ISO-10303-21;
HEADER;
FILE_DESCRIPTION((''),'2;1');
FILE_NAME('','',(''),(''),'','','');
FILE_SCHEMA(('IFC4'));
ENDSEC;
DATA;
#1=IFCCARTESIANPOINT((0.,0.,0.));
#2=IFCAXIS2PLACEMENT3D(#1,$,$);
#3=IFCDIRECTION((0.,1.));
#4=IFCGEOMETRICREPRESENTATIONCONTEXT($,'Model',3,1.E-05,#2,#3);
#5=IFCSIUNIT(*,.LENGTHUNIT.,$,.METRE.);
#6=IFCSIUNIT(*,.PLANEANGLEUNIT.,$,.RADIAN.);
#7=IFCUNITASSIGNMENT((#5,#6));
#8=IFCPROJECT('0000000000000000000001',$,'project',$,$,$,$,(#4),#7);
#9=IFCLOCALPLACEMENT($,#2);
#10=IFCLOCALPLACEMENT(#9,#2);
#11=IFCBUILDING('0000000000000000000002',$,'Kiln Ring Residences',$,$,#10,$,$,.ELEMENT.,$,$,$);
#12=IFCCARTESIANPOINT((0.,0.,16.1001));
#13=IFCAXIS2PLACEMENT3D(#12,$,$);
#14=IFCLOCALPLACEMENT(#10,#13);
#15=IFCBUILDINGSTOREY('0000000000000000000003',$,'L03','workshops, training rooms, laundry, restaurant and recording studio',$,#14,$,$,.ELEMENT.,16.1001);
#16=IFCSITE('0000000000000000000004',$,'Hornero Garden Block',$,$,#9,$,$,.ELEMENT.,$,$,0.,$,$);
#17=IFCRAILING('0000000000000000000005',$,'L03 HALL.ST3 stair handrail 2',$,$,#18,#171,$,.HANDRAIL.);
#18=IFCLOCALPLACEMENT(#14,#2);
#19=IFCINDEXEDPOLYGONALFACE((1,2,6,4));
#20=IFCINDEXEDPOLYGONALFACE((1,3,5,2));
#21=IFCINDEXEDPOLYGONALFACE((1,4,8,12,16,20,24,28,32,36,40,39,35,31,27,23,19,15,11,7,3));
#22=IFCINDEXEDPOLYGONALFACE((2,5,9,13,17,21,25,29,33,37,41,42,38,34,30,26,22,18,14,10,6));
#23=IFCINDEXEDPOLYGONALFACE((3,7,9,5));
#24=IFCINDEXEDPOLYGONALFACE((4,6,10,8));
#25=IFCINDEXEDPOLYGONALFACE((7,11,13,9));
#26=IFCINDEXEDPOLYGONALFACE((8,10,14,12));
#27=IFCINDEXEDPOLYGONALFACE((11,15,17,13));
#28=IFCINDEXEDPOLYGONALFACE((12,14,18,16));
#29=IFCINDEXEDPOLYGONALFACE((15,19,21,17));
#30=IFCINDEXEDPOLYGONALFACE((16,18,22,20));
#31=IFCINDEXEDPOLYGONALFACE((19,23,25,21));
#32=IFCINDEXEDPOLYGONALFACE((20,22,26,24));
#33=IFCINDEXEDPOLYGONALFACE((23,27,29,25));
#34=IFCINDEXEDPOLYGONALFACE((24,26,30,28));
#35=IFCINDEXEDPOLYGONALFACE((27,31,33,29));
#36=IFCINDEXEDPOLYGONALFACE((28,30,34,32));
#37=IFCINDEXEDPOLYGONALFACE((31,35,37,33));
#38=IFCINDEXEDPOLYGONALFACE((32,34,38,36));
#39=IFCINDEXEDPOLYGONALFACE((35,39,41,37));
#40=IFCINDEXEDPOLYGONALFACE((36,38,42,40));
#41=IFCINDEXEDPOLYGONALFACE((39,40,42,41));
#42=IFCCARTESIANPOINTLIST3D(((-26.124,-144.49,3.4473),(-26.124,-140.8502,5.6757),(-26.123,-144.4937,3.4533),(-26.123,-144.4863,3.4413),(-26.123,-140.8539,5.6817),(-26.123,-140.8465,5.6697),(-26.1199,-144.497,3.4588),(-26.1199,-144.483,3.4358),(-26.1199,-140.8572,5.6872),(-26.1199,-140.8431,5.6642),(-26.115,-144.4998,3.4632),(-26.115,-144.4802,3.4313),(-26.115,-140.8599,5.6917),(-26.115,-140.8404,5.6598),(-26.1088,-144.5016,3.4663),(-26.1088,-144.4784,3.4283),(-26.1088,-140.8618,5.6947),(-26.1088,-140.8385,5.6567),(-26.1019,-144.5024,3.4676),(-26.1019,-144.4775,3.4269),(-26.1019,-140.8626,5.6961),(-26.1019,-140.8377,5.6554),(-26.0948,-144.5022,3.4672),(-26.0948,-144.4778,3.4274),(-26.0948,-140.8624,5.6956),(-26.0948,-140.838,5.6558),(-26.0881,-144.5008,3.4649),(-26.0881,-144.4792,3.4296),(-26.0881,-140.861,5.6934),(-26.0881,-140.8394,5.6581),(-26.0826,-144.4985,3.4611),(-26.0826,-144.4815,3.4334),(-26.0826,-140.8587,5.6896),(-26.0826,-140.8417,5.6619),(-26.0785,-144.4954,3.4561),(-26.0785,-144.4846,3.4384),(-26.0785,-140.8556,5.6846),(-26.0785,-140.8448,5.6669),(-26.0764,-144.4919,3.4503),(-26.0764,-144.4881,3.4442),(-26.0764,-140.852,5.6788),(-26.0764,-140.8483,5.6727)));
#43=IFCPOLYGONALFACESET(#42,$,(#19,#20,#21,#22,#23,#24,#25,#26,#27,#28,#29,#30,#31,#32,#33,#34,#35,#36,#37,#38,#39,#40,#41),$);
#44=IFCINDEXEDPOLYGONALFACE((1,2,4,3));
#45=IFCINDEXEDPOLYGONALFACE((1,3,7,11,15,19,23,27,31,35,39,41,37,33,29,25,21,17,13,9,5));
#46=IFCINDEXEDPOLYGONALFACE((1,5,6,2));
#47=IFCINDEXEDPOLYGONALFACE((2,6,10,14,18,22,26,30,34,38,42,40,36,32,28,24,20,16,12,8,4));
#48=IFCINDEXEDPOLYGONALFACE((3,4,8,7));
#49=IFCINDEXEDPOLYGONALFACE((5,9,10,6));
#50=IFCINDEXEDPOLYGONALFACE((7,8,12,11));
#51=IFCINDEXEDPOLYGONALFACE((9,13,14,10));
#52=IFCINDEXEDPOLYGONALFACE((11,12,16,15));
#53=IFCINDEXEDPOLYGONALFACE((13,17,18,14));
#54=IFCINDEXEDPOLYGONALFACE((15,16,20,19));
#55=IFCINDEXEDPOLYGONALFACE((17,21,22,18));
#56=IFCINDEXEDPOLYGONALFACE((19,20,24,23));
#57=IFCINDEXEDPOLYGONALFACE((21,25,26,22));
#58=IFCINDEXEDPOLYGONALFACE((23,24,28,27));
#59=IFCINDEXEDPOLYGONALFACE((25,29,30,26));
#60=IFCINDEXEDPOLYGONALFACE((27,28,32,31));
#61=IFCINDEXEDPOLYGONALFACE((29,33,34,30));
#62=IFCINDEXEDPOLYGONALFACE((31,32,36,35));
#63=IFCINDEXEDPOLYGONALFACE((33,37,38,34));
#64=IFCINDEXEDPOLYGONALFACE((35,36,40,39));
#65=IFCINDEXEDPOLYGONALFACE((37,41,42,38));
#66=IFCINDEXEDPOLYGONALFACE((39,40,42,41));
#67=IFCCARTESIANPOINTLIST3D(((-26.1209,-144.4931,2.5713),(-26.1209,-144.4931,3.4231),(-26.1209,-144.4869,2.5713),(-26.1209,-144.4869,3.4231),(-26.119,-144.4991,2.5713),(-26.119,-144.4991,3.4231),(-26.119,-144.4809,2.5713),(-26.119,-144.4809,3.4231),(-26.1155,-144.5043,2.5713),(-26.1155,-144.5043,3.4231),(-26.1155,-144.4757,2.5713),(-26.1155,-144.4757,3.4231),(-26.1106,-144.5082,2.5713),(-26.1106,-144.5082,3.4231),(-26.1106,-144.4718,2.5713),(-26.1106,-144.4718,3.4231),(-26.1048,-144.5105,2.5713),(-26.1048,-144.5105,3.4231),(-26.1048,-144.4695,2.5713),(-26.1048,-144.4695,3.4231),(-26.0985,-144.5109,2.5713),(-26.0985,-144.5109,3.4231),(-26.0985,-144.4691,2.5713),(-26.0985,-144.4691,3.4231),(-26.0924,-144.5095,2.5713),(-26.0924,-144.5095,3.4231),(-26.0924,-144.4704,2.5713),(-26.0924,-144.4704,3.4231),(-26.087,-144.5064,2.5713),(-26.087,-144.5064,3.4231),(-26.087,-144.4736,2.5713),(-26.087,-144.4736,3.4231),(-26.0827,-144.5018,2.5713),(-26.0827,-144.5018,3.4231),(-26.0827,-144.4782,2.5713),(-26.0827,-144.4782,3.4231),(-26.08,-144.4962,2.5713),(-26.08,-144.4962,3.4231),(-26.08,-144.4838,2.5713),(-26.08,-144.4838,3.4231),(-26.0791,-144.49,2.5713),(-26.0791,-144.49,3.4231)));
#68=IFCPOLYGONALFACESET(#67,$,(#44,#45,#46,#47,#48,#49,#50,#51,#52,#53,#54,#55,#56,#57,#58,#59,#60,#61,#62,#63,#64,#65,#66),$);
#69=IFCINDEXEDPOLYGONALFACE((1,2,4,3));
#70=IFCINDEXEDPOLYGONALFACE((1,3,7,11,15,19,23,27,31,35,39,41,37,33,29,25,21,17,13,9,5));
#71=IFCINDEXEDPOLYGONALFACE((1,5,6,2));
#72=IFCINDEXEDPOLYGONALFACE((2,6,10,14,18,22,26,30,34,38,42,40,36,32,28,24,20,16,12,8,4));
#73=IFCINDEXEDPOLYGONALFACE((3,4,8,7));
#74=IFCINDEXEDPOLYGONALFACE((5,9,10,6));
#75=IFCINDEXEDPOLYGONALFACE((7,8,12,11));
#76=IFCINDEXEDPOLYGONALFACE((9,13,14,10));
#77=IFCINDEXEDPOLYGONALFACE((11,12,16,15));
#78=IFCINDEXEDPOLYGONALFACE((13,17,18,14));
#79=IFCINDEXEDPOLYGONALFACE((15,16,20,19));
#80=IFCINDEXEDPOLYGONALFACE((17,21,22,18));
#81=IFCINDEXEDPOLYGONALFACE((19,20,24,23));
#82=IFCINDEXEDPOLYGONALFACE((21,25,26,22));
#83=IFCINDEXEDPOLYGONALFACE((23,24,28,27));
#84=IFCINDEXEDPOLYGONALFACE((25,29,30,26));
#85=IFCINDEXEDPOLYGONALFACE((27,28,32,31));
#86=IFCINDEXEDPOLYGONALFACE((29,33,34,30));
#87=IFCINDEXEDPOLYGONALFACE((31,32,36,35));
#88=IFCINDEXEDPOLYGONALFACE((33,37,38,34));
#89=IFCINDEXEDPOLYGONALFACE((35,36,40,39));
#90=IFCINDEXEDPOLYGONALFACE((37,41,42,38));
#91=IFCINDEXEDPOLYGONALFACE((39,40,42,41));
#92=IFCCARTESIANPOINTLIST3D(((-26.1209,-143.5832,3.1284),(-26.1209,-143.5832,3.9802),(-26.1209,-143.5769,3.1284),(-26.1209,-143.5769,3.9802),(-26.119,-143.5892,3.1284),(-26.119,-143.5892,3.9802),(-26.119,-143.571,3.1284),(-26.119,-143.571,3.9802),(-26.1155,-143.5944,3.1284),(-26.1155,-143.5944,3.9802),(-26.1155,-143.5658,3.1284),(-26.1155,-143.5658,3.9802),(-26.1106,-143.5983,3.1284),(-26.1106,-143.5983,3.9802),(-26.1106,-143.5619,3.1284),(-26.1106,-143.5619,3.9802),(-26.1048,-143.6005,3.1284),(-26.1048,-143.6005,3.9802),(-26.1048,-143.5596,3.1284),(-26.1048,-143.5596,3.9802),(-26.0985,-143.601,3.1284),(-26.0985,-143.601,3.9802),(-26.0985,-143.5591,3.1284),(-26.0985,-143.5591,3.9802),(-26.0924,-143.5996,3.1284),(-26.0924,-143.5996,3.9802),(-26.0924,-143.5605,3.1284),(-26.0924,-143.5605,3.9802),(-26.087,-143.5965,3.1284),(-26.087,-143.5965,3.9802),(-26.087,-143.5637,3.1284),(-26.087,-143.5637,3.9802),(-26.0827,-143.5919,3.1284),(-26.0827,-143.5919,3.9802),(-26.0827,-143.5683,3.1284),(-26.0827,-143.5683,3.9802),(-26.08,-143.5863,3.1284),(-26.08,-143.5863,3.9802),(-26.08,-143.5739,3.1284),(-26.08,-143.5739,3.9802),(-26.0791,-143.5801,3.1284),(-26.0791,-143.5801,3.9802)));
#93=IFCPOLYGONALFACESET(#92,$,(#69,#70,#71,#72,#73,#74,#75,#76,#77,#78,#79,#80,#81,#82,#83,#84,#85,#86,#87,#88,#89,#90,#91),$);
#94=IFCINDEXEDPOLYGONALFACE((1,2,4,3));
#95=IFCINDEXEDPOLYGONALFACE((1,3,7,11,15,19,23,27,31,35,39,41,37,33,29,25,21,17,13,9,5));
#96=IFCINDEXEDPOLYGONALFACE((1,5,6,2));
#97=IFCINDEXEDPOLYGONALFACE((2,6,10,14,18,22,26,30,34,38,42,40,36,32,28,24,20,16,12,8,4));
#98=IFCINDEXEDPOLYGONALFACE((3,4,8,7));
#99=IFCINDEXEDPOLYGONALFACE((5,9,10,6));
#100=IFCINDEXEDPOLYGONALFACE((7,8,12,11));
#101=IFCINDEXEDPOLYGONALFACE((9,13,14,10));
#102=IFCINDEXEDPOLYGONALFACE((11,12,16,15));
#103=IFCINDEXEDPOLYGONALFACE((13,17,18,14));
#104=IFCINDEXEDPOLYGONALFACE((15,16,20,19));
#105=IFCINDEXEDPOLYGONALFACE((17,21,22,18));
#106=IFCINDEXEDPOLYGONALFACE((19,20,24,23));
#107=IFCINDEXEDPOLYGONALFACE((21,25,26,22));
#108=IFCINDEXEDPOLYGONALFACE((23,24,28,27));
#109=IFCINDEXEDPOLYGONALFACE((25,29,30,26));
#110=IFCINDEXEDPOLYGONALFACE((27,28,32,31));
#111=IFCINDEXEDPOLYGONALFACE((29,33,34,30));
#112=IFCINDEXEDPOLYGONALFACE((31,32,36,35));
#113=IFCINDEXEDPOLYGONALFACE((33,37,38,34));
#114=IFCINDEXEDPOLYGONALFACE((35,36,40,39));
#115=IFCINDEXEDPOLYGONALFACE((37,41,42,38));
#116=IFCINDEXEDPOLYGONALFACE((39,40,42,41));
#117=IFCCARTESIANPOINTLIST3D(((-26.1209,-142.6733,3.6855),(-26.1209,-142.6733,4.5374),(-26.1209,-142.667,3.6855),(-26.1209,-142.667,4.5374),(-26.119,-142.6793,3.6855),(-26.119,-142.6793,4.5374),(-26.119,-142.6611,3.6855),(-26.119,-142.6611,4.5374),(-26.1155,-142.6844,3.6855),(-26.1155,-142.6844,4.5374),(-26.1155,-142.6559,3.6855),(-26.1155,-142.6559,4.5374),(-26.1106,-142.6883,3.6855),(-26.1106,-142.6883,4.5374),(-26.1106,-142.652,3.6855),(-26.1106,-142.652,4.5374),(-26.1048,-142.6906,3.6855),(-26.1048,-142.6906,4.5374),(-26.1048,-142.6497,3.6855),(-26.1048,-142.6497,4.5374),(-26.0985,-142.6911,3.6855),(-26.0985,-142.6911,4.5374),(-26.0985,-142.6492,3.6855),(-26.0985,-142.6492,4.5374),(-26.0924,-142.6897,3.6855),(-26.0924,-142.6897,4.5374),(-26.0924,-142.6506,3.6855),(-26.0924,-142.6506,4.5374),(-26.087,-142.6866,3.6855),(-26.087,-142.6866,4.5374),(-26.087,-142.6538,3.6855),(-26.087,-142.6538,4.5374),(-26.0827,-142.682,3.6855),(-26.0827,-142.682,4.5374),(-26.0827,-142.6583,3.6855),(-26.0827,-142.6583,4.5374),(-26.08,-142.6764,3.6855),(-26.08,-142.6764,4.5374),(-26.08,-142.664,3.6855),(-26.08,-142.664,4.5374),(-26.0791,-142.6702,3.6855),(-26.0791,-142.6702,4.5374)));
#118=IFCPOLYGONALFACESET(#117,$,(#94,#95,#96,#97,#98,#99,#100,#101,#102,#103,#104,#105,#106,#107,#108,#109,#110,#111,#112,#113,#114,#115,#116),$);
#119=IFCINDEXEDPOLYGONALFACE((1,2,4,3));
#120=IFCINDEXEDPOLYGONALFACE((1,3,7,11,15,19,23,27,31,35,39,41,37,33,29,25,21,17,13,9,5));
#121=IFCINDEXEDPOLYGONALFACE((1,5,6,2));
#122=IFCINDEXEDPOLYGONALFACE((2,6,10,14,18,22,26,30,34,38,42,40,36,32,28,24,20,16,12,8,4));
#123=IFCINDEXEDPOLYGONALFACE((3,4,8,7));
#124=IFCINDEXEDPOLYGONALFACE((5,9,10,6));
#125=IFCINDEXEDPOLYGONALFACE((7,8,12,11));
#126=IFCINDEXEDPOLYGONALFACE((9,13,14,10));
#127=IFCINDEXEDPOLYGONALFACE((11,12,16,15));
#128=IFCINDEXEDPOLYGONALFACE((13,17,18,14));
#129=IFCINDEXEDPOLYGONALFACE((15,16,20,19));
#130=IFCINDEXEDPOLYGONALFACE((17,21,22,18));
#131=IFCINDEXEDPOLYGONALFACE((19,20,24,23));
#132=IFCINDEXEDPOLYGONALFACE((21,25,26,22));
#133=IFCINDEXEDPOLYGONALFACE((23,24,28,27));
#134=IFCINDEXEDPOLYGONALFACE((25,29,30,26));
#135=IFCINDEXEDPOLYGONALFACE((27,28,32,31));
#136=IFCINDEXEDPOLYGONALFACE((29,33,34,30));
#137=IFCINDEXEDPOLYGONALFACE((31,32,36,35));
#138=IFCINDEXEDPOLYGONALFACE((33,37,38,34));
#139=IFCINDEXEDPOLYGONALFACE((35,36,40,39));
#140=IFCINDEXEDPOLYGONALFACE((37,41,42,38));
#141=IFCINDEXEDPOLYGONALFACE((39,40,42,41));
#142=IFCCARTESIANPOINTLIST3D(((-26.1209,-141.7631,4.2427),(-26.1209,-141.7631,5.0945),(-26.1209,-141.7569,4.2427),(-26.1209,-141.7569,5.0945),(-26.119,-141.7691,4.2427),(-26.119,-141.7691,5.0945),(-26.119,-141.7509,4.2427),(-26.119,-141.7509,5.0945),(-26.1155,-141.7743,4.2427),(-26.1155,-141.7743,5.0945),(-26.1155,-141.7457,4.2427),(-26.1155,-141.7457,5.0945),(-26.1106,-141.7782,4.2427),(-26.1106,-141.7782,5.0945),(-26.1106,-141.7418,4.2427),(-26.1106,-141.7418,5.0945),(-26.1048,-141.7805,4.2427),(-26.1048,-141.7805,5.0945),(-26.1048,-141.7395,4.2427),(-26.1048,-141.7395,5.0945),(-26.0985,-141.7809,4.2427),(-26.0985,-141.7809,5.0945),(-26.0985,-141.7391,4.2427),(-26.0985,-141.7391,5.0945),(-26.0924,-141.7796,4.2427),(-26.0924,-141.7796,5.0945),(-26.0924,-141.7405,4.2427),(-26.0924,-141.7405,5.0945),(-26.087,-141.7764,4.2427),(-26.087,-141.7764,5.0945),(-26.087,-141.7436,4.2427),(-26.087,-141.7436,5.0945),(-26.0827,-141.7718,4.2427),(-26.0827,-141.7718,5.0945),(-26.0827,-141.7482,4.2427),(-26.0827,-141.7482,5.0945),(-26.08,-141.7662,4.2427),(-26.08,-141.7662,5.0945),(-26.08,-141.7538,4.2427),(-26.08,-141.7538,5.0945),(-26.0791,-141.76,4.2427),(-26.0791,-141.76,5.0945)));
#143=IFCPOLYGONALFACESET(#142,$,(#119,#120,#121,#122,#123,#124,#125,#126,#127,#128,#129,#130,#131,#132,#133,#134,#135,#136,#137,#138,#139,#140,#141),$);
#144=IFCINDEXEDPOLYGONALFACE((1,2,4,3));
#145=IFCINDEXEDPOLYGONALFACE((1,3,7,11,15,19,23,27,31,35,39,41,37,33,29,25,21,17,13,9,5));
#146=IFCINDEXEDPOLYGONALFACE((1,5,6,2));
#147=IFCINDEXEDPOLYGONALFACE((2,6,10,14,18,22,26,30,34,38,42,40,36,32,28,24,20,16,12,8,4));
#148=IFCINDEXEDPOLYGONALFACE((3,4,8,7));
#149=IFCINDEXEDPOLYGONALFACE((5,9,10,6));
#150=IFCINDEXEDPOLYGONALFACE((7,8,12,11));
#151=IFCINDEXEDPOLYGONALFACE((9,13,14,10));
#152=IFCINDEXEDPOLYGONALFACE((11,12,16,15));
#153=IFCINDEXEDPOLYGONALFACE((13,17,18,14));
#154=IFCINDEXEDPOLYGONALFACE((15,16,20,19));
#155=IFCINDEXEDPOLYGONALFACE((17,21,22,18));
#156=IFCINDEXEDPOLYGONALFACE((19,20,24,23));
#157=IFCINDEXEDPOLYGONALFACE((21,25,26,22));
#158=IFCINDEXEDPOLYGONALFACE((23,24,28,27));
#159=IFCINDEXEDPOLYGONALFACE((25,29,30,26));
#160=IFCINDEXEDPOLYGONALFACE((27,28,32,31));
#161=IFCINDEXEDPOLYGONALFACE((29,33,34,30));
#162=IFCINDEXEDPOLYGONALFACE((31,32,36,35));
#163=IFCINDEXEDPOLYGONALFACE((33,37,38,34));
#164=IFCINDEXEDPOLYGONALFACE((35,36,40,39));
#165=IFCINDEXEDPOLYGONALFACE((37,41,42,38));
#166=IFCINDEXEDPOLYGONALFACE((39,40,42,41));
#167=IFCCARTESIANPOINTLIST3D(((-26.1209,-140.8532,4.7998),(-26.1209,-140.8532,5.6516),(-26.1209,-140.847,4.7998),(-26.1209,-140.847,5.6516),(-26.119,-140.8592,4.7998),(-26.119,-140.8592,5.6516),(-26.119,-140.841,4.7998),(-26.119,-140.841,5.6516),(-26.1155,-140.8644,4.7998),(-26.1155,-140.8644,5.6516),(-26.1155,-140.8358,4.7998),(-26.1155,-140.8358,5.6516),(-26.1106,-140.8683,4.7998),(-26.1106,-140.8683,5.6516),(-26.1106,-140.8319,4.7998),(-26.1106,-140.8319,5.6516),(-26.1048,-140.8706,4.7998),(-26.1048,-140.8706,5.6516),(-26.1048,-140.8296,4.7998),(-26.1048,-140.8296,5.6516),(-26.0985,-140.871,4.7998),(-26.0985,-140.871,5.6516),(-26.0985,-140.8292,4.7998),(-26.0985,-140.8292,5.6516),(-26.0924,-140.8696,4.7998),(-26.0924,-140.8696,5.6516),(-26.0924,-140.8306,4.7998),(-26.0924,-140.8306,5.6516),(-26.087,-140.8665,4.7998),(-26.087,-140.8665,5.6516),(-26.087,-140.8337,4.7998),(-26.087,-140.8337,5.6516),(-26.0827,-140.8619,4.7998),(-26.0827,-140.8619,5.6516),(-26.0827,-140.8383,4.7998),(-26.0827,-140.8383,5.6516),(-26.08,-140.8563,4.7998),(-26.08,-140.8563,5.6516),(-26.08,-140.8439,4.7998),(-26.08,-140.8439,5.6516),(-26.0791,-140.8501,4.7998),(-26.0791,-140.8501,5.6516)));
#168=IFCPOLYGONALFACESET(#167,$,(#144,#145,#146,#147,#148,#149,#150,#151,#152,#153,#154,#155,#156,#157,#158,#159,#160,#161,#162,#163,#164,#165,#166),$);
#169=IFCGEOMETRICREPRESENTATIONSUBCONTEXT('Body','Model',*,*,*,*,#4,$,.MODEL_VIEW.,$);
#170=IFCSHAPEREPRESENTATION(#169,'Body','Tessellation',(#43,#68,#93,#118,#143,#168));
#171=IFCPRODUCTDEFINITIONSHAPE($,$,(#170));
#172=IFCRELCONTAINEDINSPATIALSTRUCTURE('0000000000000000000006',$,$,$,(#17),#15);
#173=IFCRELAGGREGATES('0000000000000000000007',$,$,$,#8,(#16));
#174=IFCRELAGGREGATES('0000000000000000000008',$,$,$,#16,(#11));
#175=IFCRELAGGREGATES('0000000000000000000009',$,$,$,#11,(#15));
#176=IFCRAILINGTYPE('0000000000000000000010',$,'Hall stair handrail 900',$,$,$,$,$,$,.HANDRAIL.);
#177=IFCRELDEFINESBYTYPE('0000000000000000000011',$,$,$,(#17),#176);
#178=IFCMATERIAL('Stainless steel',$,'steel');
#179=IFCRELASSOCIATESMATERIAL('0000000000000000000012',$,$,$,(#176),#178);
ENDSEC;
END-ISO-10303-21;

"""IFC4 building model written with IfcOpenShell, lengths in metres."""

from ifc_helpers import new_model, si_unit, direction, frame, origin, origin_2d, place, context, subcontext, project, spatial, circle, extrude, material, type_object, element, save


model = new_model("IFC4")

# Units and contexts
model_context = context("Model", 3, precision=1e-05, world=origin(), true_north=direction((0.0, 1.0)))
body_context = subcontext(model_context, "Body", "Model", "MODEL_VIEW")
ifc_project = project(units=[si_unit("LENGTHUNIT", "METRE"), si_unit("PLANEANGLEUNIT", "RADIAN")], contexts=[model_context])

# Site, building, storey
site_placement = place(None, origin())
site = spatial("IfcSite", under=ifc_project, at=site_placement, Name="Hornero Garden Block", CompositionType="ELEMENT", RefElevation=0.0)
building_placement = place(site_placement, origin())
building = spatial("IfcBuilding", under=site, at=building_placement, Name="Kiln Ring Residences", CompositionType="ELEMENT")
storey_placement = place(building_placement, frame((0.0, 0.0, 16.1001)))
storey = spatial("IfcBuildingStorey", under=building, at=storey_placement, Name="L03", Description="workshops, training rooms, laundry, restaurant and recording studio", CompositionType="ELEMENT", Elevation=16.1001)

# Railing
ifc_material_1 = material(Name="Stainless steel", Category="steel")
railing_type_1 = type_object("IfcRailingType", Name="Hall stair handrail 900", PredefinedType="HANDRAIL", material=ifc_material_1)
railing_1_placement = place(storey_placement, frame((-26.1001, -144.49, 2.5713)))
element("IfcRailing", 1, at=railing_1_placement, inside=storey, type_object=railing_type_1, Name="L03 HALL.ST3 stair handrail 2", PredefinedType="HANDRAIL", context=body_context, shape_type="SweptSolid", body=[
    extrude(circle(Radius=0.0239, at=origin_2d()), frame((0.0, 0.0, 0.876), z_axis=(0.0, 0.85285, 0.522156), x_axis=(-1.0, 0.0, 0.0)), (0.0, 0.0, 1.0), 4.2678),
    extrude(circle(Radius=0.021, at=origin_2d()), origin(), (0.0, 0.0, 1.0), 0.8518),
    extrude(circle(Radius=0.021, at=origin_2d()), frame((0.0, 0.9099, 0.5571)), (0.0, 0.0, 1.0), 0.8518),
    extrude(circle(Radius=0.021, at=origin_2d()), frame((0.0, 1.8198, 1.1143)), (0.0, 0.0, 1.0), 0.8518),
    extrude(circle(Radius=0.021, at=origin_2d()), frame((0.0, 2.73, 1.6714)), (0.0, 0.0, 1.0), 0.8518),
    extrude(circle(Radius=0.021, at=origin_2d()), frame((0.0, 3.6399, 2.2285)), (0.0, 0.0, 1.0), 0.8518),
])

save(model, "model.ifc")
